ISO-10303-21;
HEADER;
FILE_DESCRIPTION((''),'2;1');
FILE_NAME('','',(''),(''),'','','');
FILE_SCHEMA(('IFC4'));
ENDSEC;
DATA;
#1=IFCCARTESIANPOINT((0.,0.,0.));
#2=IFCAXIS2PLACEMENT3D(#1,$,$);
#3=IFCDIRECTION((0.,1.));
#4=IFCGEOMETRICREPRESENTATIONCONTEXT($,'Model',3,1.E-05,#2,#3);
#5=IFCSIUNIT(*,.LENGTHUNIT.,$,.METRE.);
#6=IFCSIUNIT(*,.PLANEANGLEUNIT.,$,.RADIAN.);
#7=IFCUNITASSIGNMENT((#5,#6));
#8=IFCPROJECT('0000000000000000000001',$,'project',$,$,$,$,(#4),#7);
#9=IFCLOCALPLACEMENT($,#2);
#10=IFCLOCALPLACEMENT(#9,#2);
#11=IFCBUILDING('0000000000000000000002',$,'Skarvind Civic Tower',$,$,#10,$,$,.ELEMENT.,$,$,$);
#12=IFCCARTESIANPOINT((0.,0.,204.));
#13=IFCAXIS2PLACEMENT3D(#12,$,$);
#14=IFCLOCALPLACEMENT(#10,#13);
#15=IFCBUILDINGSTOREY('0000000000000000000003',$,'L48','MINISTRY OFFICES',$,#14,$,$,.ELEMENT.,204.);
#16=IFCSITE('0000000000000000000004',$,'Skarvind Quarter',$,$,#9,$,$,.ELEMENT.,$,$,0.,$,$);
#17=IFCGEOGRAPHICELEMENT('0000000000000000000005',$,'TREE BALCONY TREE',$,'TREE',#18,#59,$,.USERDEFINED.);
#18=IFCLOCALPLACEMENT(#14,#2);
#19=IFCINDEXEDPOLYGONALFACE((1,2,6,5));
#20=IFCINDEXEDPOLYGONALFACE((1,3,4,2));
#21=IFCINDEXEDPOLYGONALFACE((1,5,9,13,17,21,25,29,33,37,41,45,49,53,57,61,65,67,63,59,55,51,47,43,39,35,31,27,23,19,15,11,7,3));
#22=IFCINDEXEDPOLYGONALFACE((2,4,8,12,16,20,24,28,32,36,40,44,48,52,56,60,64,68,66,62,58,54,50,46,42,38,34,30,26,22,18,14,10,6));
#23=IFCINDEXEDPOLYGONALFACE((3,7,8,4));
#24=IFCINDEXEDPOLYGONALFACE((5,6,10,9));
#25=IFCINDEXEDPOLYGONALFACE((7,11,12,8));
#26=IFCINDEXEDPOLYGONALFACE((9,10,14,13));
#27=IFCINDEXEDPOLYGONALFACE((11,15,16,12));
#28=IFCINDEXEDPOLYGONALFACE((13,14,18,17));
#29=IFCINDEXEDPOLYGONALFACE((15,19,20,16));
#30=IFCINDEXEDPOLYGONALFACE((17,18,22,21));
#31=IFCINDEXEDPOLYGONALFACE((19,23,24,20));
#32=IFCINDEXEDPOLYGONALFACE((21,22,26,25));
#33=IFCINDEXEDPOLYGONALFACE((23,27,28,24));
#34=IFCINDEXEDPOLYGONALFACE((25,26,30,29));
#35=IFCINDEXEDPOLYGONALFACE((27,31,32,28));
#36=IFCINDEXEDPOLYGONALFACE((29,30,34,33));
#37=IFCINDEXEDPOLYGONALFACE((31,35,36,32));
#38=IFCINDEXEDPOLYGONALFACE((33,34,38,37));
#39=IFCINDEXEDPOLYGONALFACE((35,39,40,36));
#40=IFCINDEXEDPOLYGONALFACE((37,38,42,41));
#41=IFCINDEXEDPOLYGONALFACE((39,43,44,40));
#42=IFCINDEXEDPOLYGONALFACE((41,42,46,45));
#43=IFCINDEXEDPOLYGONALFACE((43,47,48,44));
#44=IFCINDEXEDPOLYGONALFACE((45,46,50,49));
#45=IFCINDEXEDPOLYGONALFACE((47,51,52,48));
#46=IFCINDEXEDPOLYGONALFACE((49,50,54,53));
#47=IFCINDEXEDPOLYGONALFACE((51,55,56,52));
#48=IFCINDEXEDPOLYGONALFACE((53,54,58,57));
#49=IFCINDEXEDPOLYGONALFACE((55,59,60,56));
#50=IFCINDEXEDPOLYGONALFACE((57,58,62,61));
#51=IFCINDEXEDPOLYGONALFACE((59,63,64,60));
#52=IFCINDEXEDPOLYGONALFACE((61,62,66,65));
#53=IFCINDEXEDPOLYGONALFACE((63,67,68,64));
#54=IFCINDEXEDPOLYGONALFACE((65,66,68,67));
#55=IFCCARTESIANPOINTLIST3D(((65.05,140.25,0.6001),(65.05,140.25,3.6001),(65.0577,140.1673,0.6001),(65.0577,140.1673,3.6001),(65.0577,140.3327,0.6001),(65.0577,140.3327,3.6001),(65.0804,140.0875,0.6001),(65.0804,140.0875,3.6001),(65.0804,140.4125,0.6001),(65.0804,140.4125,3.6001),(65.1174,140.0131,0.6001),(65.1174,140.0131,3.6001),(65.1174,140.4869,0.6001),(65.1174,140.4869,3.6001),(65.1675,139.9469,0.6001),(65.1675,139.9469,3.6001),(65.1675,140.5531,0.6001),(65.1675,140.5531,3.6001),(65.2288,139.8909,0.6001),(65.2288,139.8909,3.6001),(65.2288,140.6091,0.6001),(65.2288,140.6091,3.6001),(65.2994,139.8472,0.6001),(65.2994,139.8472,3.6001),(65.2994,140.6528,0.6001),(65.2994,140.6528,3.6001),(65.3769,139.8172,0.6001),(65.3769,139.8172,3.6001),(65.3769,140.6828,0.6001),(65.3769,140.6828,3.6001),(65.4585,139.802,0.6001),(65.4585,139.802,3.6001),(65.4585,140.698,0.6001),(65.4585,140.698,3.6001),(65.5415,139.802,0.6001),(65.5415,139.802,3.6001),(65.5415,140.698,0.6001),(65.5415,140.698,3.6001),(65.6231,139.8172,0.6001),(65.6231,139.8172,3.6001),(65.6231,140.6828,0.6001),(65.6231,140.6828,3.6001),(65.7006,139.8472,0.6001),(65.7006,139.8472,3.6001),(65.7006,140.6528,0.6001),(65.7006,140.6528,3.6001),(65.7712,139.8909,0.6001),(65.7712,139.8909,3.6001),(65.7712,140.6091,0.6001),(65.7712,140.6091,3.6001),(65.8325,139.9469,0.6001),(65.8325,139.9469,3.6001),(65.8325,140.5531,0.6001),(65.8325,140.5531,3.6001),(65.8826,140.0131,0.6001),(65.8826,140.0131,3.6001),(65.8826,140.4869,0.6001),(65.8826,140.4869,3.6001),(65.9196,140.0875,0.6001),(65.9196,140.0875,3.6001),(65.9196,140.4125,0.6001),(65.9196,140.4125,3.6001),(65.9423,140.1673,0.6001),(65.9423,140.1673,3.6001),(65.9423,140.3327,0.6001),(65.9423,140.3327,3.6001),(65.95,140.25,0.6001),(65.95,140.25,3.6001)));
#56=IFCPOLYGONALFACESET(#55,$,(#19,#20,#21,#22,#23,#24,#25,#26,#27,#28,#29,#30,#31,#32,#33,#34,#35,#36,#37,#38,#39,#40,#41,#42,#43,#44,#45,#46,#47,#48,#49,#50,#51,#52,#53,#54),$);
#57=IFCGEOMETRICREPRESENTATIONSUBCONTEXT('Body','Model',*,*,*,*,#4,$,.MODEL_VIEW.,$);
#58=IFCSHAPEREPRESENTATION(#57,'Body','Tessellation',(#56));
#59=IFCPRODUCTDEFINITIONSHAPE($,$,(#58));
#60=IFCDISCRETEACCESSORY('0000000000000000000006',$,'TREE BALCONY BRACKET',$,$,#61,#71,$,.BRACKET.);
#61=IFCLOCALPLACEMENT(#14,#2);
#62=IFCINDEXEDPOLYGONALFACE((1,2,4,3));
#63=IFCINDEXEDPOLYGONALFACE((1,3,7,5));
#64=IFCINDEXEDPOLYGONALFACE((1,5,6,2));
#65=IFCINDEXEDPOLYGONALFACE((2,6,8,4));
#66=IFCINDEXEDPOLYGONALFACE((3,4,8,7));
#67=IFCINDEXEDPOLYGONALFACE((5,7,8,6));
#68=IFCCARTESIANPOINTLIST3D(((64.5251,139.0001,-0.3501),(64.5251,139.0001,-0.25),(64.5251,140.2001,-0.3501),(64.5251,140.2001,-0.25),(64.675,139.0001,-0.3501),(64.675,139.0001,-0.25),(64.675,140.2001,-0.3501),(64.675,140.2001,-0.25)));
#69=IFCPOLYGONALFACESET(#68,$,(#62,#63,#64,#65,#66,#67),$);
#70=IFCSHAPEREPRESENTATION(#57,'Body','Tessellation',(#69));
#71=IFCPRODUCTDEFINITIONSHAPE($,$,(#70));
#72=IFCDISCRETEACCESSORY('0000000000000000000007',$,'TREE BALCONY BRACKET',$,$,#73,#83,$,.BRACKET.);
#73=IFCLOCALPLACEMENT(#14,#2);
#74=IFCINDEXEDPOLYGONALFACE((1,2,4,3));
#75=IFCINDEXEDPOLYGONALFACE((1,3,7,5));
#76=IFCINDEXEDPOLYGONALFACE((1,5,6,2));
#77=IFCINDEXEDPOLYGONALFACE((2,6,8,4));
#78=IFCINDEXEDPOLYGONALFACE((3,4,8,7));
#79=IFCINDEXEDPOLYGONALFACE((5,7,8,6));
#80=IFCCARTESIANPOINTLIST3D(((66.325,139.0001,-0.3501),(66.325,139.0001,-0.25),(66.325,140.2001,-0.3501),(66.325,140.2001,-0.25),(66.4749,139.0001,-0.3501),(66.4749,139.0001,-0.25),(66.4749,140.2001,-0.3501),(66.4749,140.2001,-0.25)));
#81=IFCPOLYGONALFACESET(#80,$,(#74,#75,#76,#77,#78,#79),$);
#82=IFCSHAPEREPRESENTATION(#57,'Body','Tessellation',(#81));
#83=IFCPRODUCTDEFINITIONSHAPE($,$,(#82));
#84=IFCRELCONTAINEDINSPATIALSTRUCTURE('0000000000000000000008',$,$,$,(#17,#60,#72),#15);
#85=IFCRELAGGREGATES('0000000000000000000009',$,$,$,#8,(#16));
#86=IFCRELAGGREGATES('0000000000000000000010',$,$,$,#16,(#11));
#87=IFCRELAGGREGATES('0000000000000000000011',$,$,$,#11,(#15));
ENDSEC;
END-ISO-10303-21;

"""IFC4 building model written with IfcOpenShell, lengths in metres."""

from ifc_helpers import new_model, si_unit, direction, frame, origin, origin_2d, place, context, subcontext, project, spatial, rectangle, circle, extrude, element, save


model = new_model("IFC4")

# Units and contexts
model_context = context("Model", 3, precision=1e-05, world=origin(), true_north=direction((0.0, 1.0)))
body_context = subcontext(model_context, "Body", "Model", "MODEL_VIEW")
ifc_project = project(units=[si_unit("LENGTHUNIT", "METRE"), si_unit("PLANEANGLEUNIT", "RADIAN")], contexts=[model_context])

# Site, building, storey
site_placement = place(None, origin())
site = spatial("IfcSite", under=ifc_project, at=site_placement, Name="Skarvind Quarter", CompositionType="ELEMENT", RefElevation=0.0)
building_placement = place(site_placement, origin())
building = spatial("IfcBuilding", under=site, at=building_placement, Name="Skarvind Civic Tower", CompositionType="ELEMENT")
storey_placement = place(building_placement, frame((0.0, 0.0, 204.0)))
storey = spatial("IfcBuildingStorey", under=building, at=storey_placement, Name="L48", Description="MINISTRY OFFICES", CompositionType="ELEMENT", Elevation=204.0)

# Geographic element
geographic_element_placement = place(storey_placement, frame((65.5, 140.25, 0.6001), z_axis=(0.0, 0.0, 1.0), x_axis=(1.0, 0.0, 0.0)))
element("IfcGeographicElement", 1, at=geographic_element_placement, inside=storey, Name="TREE BALCONY TREE", ObjectType="TREE", PredefinedType="USERDEFINED", context=body_context, shape_type="SweptSolid", body=[
    extrude(circle(Radius=0.45, at=origin_2d()), origin(), (0.0, 0.0, 1.0), 3.0),
])

# Discrete accessories
for number, where, z_axis, x_axis, name in (
    (2, (64.6001, 139.6001, -0.3501), (0.0, 0.0, 1.0), (1.0, 0.0, 0.0), "TREE BALCONY BRACKET"),
    (3, (66.3999, 139.6001, -0.3501), (0.0, 0.0, 1.0), (1.0, 0.0, 0.0), "TREE BALCONY BRACKET"),
):
    element("IfcDiscreteAccessory", number, at=place(storey_placement, frame(where, z_axis=z_axis, x_axis=x_axis)), inside=storey, Name=name, PredefinedType="BRACKET", context=body_context, shape_type="SweptSolid", body=[
        extrude(rectangle(XDim=0.1499, YDim=1.2, at=origin_2d()), origin(), (0.0, 0.0, 1.0), 0.1001),
    ])

save(model, "model.ifc")
